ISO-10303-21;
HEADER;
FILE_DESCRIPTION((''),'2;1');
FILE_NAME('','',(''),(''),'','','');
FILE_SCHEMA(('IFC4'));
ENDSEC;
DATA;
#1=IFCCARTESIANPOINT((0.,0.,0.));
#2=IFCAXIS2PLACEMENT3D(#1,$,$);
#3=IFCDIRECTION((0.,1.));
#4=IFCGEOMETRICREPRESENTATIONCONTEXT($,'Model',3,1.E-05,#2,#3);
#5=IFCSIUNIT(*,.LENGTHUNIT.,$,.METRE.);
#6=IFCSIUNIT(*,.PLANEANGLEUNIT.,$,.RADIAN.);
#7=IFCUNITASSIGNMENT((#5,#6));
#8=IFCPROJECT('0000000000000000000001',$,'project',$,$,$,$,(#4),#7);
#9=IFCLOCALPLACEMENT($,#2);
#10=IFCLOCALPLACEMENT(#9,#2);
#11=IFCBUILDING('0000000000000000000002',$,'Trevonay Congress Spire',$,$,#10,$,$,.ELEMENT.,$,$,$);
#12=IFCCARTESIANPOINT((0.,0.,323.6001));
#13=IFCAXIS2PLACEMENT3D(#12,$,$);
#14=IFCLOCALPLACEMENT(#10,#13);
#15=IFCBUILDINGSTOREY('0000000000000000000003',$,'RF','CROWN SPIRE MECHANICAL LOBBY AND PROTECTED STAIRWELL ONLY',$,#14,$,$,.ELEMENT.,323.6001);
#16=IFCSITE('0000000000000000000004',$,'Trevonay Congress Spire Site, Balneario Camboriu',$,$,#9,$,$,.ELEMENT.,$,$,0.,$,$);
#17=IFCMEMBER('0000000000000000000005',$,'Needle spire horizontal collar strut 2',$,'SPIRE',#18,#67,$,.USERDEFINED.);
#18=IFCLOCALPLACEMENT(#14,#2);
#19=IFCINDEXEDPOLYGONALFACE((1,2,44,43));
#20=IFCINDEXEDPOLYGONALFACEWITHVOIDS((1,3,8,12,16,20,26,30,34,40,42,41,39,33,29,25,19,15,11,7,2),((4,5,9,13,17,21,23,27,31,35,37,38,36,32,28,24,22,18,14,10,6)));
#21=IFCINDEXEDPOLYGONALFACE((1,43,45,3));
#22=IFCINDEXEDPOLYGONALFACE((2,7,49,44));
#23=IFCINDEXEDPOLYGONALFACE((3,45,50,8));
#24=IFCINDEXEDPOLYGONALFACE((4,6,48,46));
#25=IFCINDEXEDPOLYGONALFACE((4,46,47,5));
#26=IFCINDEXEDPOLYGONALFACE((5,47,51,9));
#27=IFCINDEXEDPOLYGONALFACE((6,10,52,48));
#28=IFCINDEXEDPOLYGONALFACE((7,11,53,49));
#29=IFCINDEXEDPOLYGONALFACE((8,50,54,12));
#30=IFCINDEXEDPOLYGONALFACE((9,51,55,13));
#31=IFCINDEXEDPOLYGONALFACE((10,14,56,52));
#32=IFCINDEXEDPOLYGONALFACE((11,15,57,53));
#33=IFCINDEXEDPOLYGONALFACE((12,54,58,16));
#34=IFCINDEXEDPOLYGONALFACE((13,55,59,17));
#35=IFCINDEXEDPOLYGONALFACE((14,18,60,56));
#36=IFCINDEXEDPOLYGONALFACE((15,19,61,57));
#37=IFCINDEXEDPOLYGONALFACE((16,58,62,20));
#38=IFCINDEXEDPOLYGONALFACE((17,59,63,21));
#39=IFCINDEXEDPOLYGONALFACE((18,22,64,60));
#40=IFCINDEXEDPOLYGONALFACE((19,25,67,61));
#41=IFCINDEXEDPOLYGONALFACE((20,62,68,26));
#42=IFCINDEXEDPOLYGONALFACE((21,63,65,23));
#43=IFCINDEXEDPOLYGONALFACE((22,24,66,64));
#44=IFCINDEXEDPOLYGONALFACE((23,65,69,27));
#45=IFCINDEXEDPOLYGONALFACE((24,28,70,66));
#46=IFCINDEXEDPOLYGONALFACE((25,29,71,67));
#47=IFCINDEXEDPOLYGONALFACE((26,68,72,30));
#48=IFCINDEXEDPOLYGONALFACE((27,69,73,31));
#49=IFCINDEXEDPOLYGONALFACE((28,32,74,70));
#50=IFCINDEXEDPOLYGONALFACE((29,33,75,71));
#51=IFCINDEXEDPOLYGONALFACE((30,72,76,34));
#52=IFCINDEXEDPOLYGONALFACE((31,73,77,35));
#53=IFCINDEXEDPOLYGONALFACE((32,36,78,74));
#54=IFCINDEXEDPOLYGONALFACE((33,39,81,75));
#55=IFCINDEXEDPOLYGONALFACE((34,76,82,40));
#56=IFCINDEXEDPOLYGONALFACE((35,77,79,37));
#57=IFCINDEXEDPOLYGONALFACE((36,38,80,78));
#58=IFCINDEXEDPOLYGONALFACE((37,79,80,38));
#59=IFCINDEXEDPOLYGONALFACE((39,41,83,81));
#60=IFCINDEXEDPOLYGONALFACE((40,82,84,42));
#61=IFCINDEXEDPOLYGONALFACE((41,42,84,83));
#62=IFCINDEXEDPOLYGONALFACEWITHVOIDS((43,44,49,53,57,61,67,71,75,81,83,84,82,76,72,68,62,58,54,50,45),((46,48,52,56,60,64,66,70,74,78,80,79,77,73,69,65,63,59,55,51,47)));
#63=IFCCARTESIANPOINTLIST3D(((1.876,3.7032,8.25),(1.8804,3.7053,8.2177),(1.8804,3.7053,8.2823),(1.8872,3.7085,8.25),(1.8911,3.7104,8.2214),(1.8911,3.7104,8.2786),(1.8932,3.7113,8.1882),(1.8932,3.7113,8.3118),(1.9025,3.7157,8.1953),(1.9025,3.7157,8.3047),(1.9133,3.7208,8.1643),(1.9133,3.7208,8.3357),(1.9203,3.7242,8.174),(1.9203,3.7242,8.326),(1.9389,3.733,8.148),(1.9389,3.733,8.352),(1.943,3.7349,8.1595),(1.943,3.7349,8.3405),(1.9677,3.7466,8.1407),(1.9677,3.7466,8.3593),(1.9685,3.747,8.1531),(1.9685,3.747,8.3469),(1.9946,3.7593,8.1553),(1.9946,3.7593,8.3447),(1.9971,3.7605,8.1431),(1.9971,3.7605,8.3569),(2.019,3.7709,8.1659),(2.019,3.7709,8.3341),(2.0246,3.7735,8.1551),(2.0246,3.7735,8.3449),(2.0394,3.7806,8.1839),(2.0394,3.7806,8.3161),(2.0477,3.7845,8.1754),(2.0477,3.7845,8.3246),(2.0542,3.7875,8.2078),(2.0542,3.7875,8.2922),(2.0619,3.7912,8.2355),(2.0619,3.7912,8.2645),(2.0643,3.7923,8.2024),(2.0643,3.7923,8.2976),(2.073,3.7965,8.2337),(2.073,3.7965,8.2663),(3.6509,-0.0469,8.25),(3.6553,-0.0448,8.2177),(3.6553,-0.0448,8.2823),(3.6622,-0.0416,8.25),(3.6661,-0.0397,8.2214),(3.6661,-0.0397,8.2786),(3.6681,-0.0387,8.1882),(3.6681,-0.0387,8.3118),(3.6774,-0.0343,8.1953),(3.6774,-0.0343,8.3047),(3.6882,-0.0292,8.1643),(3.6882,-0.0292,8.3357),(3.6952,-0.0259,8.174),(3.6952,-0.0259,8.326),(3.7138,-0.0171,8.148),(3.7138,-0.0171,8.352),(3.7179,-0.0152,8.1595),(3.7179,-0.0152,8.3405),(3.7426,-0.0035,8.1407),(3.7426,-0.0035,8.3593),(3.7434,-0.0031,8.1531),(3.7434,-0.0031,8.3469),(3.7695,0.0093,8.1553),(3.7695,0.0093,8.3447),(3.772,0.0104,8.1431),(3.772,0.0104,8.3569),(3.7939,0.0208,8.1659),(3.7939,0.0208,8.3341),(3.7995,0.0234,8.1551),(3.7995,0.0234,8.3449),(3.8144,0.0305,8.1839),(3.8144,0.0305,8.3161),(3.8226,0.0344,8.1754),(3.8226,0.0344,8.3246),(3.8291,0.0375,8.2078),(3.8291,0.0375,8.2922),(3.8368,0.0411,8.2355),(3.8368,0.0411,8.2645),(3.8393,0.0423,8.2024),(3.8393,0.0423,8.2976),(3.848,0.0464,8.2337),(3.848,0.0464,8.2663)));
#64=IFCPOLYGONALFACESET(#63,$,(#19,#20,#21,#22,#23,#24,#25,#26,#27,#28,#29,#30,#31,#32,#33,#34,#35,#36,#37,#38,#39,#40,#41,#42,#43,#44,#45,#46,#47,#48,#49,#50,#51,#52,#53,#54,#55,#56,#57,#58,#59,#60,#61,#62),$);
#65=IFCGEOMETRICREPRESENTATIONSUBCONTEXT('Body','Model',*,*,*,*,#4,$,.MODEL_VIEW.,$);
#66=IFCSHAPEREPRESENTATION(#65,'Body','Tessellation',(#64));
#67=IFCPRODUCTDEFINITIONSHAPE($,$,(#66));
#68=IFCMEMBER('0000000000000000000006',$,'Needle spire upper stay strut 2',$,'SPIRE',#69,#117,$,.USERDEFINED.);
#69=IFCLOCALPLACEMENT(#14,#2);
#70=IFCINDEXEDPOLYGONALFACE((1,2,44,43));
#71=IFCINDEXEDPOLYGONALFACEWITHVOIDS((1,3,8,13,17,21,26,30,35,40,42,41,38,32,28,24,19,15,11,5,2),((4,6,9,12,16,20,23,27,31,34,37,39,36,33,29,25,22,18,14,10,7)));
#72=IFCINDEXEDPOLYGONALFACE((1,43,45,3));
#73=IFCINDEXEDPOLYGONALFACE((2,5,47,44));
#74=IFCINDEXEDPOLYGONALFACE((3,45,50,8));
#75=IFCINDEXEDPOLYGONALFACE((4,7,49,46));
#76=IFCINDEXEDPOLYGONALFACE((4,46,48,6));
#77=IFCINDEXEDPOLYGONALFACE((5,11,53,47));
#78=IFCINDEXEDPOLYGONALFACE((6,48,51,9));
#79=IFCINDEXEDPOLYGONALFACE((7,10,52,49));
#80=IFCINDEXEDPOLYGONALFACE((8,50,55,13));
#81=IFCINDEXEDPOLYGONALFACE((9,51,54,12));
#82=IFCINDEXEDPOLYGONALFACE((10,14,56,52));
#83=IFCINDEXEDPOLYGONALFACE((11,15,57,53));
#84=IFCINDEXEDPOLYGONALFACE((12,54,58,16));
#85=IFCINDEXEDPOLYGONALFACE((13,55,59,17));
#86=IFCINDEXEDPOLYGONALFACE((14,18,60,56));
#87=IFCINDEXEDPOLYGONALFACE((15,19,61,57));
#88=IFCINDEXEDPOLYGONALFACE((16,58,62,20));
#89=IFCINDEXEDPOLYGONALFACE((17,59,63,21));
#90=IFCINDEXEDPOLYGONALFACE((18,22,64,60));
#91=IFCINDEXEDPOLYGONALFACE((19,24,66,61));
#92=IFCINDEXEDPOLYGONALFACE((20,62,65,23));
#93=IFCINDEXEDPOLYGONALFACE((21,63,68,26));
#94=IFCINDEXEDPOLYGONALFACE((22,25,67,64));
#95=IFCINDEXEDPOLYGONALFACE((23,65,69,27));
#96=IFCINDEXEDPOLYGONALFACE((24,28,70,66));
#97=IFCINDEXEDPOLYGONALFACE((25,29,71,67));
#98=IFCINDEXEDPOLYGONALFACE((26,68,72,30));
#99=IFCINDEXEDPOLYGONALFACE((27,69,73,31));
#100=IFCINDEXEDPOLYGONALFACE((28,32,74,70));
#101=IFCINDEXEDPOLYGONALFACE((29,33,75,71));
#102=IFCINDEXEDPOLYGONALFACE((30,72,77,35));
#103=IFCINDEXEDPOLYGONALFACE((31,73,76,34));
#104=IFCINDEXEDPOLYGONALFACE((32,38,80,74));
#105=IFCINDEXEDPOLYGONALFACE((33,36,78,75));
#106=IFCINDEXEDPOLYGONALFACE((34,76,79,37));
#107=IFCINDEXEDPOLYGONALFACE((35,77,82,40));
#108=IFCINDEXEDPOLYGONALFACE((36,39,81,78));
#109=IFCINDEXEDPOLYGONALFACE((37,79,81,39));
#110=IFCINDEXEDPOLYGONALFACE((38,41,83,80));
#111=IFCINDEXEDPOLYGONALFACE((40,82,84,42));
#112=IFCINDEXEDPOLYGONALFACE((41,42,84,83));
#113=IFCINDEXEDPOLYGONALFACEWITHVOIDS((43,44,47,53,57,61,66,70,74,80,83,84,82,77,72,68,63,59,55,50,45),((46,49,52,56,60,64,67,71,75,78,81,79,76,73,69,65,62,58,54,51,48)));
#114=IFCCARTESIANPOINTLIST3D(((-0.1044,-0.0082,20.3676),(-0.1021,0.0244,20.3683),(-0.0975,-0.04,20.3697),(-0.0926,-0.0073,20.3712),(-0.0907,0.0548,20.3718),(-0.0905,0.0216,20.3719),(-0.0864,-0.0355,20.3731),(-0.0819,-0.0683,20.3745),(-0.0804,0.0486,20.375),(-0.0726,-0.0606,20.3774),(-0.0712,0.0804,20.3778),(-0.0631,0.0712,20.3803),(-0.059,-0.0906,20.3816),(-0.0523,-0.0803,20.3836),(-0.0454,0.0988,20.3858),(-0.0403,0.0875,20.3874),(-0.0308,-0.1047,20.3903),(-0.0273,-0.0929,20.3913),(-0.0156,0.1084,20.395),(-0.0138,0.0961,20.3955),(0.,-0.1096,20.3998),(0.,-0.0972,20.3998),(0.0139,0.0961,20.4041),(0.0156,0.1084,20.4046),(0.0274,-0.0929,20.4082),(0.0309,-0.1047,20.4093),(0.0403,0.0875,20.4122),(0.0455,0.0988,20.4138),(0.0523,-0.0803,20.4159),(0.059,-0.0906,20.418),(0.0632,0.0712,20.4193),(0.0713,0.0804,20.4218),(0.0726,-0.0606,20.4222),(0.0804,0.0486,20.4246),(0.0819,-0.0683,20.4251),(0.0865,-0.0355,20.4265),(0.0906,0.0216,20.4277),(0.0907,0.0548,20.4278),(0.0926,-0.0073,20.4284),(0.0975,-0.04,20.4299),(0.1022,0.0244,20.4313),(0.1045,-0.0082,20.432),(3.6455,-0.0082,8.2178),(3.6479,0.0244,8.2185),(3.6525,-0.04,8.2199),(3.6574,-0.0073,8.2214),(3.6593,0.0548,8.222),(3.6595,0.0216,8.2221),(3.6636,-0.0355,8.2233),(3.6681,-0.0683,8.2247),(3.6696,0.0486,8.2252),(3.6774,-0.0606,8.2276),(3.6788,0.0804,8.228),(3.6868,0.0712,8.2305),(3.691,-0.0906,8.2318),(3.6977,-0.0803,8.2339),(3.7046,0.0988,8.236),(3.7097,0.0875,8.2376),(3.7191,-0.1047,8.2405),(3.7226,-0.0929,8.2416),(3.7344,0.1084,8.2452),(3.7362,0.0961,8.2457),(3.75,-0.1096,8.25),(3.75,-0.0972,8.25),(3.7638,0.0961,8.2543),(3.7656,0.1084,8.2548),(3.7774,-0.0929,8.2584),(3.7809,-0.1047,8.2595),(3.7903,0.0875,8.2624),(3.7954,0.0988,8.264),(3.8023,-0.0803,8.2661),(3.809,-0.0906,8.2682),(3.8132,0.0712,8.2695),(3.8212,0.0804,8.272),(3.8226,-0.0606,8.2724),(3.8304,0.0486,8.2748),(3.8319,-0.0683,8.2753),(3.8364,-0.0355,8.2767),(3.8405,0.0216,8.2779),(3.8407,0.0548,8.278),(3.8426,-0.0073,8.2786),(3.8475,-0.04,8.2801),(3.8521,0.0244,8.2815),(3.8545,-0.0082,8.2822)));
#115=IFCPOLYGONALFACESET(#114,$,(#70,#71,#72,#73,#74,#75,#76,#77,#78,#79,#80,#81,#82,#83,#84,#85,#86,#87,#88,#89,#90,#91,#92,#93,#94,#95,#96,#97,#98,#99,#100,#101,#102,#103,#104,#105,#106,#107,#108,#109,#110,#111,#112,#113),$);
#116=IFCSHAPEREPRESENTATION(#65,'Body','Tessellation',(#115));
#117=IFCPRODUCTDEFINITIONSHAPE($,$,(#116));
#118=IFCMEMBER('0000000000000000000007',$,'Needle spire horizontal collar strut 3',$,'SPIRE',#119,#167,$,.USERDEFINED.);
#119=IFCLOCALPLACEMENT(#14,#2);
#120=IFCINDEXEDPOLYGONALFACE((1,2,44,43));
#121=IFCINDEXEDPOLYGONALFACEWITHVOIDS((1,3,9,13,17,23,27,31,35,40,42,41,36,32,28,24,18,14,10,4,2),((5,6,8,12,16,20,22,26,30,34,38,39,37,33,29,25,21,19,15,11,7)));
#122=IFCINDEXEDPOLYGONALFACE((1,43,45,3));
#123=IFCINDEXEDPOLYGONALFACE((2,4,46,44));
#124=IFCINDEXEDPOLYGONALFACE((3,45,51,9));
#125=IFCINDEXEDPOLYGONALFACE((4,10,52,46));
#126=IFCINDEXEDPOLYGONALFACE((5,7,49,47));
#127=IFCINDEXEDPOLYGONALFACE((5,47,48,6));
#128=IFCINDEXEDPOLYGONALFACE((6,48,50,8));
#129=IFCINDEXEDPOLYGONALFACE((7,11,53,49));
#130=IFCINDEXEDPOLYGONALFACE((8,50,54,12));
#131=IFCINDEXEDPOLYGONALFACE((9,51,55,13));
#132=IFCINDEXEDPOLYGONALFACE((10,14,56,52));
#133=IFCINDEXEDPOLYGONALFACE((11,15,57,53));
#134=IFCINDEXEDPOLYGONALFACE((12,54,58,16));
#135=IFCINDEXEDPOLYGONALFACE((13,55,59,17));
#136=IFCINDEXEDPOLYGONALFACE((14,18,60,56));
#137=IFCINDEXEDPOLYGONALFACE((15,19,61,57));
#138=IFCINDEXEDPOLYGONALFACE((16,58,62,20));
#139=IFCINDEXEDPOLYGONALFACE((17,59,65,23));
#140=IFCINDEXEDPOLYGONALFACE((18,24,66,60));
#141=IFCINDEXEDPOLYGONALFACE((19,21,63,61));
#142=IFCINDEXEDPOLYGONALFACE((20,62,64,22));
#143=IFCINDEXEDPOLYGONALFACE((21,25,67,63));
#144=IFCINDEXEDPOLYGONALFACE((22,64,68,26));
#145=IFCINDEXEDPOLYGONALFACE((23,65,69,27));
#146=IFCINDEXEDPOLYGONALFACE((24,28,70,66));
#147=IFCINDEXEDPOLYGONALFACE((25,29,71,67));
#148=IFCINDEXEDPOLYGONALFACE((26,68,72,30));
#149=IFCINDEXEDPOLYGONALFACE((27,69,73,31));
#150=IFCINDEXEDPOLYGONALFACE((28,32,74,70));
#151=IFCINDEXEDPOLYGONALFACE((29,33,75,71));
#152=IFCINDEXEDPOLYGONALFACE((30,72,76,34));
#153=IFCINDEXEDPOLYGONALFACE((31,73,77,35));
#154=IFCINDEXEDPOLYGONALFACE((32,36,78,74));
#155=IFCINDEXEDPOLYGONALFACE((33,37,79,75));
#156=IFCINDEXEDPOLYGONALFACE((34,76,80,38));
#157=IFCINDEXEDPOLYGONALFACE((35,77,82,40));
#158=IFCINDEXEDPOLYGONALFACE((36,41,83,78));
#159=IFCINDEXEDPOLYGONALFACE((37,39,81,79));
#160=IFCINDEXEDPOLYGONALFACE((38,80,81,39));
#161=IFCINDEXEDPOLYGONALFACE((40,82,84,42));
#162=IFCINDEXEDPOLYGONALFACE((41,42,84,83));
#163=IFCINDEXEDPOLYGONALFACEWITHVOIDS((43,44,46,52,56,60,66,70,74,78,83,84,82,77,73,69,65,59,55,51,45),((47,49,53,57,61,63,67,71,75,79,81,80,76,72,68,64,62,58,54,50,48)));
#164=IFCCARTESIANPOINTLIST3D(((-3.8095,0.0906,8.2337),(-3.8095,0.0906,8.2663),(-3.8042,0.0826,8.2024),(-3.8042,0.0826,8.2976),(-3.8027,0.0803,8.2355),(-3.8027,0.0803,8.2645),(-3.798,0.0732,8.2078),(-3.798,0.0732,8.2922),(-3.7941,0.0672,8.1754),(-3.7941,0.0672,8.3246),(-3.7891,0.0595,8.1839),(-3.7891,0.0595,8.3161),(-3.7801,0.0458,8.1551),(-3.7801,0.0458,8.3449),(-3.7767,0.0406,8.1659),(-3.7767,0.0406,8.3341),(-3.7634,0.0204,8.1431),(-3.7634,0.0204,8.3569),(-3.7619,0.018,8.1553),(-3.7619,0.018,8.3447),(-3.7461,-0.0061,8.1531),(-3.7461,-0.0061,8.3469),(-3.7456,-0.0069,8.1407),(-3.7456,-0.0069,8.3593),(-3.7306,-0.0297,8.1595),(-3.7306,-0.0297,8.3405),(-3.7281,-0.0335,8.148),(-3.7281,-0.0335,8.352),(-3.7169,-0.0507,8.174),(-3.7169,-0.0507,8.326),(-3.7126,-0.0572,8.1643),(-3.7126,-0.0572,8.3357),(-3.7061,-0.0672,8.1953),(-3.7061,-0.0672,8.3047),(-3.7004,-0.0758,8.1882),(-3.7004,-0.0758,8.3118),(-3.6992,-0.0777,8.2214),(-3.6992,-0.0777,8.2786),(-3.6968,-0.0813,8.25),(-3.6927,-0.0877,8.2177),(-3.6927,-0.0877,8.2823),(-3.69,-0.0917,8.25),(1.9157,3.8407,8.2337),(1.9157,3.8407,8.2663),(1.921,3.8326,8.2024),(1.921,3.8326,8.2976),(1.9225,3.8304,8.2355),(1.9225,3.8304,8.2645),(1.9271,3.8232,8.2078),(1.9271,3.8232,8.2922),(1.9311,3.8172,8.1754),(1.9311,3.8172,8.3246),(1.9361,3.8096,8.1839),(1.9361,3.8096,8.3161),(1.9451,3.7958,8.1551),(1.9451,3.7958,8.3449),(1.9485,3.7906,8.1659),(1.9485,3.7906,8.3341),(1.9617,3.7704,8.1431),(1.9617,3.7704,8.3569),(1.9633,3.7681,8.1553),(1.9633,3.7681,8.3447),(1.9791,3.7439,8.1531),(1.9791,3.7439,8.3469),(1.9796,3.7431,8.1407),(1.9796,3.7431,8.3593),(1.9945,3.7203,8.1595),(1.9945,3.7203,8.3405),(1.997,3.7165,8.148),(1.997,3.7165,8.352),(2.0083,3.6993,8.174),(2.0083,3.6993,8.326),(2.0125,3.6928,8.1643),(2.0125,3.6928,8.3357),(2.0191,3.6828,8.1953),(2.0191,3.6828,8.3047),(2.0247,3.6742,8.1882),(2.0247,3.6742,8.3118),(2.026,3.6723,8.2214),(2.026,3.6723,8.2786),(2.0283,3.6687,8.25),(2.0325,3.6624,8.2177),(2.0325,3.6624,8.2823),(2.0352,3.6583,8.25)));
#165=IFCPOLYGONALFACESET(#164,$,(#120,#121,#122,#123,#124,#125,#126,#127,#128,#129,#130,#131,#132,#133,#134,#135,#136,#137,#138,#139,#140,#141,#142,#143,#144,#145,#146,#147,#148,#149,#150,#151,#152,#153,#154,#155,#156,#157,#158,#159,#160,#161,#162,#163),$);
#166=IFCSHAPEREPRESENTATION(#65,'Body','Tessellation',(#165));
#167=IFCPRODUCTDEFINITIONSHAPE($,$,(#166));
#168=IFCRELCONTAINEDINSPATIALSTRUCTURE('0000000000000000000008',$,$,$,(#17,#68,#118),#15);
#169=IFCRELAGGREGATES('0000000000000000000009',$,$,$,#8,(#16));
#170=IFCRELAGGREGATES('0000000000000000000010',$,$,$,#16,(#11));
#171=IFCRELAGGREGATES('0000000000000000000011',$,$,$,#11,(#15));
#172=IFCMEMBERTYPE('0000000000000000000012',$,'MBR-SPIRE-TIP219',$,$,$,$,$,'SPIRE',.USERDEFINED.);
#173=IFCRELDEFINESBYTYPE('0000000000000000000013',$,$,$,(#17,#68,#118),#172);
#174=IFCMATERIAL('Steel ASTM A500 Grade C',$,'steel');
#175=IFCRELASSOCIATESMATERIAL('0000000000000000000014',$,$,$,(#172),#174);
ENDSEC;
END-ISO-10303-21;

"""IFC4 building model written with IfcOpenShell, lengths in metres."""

from ifc_helpers import new_model, si_unit, direction, frame, origin, origin_2d, place, context, subcontext, project, spatial, hollow_circle, extrude, material, material_profile, profile_set, type_object, element, save


model = new_model("IFC4")

# Units and contexts
model_context = context("Model", 3, precision=1e-05, world=origin(), true_north=direction((0.0, 1.0)))
body_context = subcontext(model_context, "Body", "Model", "MODEL_VIEW")
ifc_project = project(units=[si_unit("LENGTHUNIT", "METRE"), si_unit("PLANEANGLEUNIT", "RADIAN")], contexts=[model_context])

# Site, building, storey
site_placement = place(None, origin())
site = spatial("IfcSite", under=ifc_project, at=site_placement, Name="Trevonay Congress Spire Site, Balneario Camboriu", CompositionType="ELEMENT", RefElevation=0.0)
building_placement = place(site_placement, origin())
building = spatial("IfcBuilding", under=site, at=building_placement, Name="Trevonay Congress Spire", CompositionType="ELEMENT")
storey_placement = place(building_placement, frame((0.0, 0.0, 323.6001)))
storey = spatial("IfcBuildingStorey", under=building, at=storey_placement, Name="RF", Description="CROWN SPIRE MECHANICAL LOBBY AND PROTECTED STAIRWELL ONLY", CompositionType="ELEMENT", Elevation=323.6001)

# Members
ifc_material_1 = material(Name="Steel ASTM A500 Grade C", Category="steel")
ifc_material_profile_1 = material_profile(ifc_material_1, hollow_circle(Radius=0.1096, WallThickness=0.0125, at=origin_2d()), Name="CHS 219.1x12.5")
ifc_profile_set_1 = profile_set([ifc_material_profile_1], Name="Steel ASTM A500 Grade C")
member_type_1 = type_object("IfcMemberType", Name="MBR-SPIRE-TIP219", ElementType="SPIRE", PredefinedType="USERDEFINED", material=ifc_profile_set_1)
member_1_placement = place(storey_placement, frame((3.75, 0.0, 8.25), z_axis=(-0.427808, 0.90387, 0.0), x_axis=(-0.90387, -0.427808, 0.0)))
element("IfcMember", 1, at=member_1_placement, inside=storey, type_object=member_type_1, Name="Needle spire horizontal collar strut 2", ObjectType="SPIRE", PredefinedType="USERDEFINED", context=body_context, shape_type="SweptSolid", body=[
    extrude(hollow_circle(Radius=0.1096, WallThickness=0.0125, at=origin_2d()), origin(), (0.0, 0.0, 1.0), 4.1489),
])
member_2_placement = place(storey_placement, frame((3.75, 0.0, 8.25), z_axis=(-0.294917, 0.0, 0.955523), x_axis=(0.0, -1.0, 0.0)))
element("IfcMember", 2, at=member_2_placement, inside=storey, type_object=member_type_1, Name="Needle spire upper stay strut 2", ObjectType="SPIRE", PredefinedType="USERDEFINED", context=body_context, shape_type="SweptSolid", body=[
    extrude(hollow_circle(Radius=0.1096, WallThickness=0.0125, at=origin_2d()), origin(), (0.0, 0.0, 1.0), 12.7153),
])
member_3_placement = place(storey_placement, frame((1.9751, 3.75, 8.25), z_axis=(-0.836523, -0.547932, 0.0), x_axis=(0.547932, -0.836523, 0.0)))
element("IfcMember", 3, at=member_3_placement, inside=storey, type_object=member_type_1, Name="Needle spire horizontal collar strut 3", ObjectType="SPIRE", PredefinedType="USERDEFINED", context=body_context, shape_type="SweptSolid", body=[
    extrude(hollow_circle(Radius=0.1096, WallThickness=0.0125, at=origin_2d()), origin(), (0.0, 0.0, 1.0), 6.844),
])

save(model, "model.ifc")
